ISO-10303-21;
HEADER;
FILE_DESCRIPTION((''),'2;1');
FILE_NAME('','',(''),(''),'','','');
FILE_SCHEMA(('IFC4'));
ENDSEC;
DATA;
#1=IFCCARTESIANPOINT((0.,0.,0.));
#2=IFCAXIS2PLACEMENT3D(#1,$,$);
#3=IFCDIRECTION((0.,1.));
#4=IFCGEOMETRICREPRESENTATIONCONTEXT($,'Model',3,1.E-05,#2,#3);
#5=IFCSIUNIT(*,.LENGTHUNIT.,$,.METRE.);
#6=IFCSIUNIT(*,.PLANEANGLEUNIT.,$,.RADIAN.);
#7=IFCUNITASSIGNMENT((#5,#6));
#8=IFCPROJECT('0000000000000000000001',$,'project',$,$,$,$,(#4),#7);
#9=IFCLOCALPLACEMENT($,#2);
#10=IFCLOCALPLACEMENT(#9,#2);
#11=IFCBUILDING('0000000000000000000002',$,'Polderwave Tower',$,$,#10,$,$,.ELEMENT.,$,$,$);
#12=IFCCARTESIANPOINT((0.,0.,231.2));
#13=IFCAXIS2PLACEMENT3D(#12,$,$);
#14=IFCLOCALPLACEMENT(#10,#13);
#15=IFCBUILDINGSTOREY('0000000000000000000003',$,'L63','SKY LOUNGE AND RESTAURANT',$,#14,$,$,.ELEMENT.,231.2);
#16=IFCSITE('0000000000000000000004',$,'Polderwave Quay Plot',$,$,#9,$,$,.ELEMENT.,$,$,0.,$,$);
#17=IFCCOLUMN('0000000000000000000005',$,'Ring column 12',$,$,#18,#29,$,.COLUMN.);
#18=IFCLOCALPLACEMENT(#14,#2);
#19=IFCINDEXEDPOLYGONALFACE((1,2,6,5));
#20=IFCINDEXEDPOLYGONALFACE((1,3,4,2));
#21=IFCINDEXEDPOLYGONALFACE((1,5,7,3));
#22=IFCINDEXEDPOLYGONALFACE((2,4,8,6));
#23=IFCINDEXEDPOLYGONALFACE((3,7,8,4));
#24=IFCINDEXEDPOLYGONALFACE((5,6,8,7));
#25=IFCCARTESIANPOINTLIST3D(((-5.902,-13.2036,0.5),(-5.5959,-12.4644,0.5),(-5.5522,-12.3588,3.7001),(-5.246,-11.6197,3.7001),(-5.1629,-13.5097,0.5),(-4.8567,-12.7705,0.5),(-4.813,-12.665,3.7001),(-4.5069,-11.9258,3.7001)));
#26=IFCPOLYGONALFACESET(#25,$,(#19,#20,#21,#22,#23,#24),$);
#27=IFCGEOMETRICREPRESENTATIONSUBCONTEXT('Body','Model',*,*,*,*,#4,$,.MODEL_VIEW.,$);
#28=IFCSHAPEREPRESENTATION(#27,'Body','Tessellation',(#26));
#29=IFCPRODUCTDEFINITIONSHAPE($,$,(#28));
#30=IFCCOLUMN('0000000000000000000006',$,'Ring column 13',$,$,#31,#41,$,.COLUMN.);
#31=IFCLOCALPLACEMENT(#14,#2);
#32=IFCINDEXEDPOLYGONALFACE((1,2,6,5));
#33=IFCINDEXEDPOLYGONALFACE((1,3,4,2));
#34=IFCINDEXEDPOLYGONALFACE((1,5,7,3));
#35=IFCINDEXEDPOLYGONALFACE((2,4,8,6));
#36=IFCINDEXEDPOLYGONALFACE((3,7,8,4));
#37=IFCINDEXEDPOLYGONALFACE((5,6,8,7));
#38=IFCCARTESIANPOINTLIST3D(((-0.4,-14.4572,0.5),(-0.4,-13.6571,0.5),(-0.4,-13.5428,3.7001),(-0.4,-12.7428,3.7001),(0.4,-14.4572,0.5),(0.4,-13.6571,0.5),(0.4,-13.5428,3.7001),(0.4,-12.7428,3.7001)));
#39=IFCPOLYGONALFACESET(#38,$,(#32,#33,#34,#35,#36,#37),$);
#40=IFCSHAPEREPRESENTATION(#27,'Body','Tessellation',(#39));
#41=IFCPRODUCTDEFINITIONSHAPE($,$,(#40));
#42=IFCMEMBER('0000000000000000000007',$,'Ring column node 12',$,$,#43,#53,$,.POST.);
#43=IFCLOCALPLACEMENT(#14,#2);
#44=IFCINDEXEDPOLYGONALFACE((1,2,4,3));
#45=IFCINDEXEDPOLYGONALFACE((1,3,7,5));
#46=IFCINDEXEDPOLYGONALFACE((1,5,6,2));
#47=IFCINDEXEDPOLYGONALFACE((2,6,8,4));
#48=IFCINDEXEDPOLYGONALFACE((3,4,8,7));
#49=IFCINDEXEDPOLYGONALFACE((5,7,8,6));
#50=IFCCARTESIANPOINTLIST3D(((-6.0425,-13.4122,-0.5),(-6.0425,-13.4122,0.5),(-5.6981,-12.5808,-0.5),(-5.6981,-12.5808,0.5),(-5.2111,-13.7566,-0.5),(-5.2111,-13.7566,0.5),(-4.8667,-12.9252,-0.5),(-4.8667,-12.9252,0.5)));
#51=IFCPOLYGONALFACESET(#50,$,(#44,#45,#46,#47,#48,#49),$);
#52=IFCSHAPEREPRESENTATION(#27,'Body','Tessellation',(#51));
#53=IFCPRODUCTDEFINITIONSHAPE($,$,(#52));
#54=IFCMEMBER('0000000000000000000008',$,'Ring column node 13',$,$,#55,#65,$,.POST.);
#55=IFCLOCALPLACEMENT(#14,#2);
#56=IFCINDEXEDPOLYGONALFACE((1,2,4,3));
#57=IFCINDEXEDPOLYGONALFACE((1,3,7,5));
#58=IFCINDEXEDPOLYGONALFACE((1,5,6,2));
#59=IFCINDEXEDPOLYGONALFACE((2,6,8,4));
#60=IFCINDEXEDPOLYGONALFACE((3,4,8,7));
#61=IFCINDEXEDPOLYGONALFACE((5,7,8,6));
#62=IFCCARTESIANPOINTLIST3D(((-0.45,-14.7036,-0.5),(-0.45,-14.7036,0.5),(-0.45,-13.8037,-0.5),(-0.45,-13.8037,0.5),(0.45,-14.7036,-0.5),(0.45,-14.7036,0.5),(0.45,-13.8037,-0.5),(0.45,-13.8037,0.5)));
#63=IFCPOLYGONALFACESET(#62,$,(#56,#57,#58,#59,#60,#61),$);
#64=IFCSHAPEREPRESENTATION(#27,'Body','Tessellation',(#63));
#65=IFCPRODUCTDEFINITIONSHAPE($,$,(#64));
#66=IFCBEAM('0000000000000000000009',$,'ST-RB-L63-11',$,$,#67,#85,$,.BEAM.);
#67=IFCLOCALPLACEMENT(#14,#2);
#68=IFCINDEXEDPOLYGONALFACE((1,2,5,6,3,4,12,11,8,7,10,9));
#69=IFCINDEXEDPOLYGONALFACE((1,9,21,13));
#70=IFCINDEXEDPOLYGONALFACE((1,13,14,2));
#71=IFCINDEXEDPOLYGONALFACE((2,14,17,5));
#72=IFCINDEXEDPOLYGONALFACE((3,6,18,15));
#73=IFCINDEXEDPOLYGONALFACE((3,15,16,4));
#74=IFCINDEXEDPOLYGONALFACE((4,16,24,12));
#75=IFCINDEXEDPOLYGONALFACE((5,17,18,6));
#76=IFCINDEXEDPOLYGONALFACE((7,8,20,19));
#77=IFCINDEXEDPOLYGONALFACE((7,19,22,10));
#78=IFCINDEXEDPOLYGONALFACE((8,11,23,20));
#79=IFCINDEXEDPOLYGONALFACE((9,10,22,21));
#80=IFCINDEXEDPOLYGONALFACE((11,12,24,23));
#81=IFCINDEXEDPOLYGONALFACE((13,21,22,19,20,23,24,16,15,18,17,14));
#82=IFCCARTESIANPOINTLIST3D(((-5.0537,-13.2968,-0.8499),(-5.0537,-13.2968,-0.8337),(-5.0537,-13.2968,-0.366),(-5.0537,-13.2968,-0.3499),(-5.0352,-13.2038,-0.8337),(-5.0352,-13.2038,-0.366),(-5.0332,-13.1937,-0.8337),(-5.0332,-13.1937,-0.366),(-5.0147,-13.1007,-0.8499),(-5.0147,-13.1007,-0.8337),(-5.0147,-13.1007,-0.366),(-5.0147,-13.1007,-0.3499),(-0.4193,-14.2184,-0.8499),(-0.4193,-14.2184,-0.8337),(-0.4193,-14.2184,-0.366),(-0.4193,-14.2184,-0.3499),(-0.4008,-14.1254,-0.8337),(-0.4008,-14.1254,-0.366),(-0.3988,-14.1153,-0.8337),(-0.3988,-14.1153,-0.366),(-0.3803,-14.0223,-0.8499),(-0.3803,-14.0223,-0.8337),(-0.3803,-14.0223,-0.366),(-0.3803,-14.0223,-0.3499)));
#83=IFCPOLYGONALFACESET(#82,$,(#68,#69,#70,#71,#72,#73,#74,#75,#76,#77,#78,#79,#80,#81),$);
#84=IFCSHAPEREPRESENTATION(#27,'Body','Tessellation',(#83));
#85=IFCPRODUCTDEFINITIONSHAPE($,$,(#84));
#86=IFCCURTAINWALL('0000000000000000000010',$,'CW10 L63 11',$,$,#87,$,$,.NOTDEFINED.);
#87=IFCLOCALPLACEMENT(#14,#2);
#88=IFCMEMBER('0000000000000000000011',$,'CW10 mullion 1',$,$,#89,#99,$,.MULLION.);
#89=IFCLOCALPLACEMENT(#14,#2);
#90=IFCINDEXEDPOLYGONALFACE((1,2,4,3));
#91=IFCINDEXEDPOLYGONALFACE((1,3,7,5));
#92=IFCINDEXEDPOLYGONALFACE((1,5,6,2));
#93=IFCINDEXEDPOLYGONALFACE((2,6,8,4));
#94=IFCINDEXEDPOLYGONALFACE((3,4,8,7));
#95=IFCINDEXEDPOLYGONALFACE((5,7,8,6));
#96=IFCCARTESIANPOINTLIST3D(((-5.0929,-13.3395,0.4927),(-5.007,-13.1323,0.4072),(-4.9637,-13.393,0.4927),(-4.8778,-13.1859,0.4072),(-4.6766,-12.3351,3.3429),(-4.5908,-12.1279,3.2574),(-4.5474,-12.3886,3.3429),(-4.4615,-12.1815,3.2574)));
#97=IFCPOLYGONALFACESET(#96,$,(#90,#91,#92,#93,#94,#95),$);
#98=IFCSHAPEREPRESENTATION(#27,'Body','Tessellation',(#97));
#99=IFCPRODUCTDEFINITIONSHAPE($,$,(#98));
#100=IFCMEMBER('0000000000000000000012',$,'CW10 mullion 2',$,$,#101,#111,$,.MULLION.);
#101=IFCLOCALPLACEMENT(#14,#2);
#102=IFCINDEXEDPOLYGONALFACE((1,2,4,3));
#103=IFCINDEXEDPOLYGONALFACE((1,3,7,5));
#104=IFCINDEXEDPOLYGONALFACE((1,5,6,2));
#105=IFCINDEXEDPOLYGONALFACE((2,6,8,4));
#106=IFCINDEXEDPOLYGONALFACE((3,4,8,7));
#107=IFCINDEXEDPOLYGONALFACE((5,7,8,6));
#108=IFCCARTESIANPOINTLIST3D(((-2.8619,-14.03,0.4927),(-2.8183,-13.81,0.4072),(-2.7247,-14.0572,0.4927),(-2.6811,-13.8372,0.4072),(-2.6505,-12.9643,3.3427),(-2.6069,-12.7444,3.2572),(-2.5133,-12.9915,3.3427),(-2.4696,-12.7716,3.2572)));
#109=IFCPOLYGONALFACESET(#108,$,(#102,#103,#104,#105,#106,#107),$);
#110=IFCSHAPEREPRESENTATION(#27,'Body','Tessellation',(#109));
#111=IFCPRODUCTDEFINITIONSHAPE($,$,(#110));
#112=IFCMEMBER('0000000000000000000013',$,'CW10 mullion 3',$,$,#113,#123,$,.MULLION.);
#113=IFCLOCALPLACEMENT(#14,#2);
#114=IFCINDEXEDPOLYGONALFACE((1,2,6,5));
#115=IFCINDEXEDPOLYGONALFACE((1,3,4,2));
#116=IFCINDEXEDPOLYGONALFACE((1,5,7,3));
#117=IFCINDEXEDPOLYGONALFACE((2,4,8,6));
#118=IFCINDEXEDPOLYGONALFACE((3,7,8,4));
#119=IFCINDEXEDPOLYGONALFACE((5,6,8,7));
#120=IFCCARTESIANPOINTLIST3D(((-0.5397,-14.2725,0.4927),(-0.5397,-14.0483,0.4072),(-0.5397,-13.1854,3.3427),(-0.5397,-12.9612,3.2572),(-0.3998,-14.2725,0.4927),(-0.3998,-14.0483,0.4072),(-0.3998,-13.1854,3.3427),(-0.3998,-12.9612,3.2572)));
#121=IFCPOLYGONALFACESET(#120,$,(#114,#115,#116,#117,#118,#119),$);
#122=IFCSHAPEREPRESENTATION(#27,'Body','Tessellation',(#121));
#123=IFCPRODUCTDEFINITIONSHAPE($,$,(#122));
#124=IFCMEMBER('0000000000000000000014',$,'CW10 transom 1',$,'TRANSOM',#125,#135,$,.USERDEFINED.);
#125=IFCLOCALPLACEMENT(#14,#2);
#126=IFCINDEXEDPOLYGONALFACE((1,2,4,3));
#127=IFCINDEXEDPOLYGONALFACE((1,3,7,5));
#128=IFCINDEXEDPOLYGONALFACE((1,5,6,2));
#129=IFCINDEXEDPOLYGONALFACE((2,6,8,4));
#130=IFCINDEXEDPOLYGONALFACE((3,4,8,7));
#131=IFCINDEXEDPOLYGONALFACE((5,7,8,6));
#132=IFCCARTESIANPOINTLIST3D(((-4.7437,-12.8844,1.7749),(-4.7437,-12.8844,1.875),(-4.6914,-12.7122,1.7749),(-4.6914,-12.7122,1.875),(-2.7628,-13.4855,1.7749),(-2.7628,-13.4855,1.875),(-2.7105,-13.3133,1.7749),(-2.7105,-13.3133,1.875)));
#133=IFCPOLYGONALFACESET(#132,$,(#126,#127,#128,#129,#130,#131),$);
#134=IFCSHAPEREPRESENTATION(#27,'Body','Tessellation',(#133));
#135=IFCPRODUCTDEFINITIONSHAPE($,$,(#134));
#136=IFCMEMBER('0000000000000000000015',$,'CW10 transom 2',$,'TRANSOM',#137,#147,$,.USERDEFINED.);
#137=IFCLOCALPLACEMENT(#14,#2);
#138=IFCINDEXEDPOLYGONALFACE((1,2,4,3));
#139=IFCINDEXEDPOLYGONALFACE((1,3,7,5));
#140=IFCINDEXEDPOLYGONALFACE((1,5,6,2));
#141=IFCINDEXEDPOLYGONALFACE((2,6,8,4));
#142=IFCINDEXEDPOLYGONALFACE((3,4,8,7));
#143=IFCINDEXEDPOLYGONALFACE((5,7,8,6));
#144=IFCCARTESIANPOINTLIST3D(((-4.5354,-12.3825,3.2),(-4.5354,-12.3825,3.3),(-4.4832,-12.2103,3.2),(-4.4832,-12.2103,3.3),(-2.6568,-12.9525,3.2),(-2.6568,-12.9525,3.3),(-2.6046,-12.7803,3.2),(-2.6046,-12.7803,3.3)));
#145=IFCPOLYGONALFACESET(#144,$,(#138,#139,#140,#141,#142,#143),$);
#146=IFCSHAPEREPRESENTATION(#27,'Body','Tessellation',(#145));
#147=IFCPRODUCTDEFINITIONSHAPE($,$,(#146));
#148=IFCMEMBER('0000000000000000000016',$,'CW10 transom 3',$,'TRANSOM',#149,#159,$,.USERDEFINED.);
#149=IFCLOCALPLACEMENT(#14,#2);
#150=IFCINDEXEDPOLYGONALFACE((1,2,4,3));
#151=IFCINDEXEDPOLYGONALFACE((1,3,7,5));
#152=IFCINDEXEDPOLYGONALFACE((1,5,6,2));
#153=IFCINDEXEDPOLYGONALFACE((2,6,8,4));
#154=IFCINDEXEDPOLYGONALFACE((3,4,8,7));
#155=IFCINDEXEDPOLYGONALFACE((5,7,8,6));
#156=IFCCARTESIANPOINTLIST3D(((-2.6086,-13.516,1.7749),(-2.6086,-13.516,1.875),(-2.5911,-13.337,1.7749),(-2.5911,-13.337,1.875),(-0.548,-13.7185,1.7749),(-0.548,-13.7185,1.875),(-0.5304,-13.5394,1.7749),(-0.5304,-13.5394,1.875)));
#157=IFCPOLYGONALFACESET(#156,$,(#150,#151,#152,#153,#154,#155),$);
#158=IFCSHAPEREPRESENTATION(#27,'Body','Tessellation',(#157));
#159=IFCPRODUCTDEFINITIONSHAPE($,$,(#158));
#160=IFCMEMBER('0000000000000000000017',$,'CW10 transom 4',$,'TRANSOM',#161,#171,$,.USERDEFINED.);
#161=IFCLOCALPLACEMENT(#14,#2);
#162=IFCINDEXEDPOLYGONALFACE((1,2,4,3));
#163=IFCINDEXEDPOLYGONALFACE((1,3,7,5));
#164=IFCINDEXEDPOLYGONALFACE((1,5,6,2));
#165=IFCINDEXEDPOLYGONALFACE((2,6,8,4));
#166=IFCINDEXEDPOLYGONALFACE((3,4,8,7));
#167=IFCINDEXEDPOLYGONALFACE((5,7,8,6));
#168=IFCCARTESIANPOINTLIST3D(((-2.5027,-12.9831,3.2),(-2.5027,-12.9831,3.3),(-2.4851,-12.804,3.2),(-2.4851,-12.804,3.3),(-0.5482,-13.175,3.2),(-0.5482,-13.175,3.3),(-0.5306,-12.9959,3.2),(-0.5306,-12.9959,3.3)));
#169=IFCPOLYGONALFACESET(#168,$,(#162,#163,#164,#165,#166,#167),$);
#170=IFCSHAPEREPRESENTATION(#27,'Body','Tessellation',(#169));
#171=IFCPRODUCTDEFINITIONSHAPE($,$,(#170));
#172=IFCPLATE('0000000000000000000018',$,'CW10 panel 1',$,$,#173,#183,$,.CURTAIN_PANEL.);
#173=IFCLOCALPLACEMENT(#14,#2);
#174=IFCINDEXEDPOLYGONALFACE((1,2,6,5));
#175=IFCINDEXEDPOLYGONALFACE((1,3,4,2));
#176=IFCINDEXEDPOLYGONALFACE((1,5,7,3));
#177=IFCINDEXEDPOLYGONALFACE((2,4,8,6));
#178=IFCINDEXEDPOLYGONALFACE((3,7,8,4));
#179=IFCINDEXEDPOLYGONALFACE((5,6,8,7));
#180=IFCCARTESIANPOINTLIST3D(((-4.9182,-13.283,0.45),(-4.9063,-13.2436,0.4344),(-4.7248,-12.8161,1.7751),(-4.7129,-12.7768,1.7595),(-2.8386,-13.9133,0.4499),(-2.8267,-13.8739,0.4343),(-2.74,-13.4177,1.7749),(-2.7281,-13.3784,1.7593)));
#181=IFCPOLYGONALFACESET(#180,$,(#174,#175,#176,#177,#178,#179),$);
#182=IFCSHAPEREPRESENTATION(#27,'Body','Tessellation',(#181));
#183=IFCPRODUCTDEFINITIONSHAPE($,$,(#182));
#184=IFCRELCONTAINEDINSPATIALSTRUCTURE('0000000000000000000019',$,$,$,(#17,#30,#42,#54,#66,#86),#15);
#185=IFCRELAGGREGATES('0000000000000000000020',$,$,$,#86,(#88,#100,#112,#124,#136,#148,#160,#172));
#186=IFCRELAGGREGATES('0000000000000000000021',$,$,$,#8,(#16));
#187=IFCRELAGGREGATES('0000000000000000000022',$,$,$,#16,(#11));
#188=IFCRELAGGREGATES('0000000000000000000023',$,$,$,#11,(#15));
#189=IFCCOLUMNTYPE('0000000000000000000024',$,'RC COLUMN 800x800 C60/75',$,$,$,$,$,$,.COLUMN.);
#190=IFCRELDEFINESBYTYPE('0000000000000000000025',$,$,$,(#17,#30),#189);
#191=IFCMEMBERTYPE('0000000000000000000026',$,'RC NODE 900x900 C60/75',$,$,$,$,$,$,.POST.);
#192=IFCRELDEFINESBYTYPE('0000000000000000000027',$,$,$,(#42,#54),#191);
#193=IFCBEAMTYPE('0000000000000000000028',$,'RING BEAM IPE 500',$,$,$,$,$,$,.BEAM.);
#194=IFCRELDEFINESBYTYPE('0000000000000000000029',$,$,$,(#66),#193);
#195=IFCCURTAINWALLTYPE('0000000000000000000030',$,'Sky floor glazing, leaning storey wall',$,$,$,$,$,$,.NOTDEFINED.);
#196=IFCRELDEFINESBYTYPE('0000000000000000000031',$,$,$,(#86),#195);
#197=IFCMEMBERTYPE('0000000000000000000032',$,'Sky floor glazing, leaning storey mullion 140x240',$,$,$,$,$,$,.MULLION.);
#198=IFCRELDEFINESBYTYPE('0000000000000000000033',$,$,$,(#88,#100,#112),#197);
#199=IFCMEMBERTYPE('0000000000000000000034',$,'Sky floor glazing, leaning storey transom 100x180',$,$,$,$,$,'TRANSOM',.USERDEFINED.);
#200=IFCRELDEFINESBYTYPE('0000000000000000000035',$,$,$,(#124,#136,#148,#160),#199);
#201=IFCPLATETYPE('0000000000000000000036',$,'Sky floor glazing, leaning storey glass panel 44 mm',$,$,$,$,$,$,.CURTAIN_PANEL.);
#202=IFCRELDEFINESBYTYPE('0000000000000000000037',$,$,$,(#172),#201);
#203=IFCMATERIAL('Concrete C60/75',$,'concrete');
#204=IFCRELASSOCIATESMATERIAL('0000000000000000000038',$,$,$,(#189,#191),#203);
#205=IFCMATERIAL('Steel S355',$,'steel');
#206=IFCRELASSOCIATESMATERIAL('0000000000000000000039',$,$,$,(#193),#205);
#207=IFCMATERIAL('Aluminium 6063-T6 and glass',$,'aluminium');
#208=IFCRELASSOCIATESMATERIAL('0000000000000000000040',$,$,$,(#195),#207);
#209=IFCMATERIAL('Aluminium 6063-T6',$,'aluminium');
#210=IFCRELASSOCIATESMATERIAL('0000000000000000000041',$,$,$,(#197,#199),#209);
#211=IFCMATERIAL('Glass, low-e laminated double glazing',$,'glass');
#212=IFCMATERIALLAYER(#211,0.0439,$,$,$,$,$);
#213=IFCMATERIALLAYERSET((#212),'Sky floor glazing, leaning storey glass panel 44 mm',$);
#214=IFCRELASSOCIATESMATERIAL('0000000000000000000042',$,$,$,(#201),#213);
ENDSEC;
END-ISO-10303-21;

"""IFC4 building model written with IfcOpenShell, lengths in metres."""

from ifc_helpers import new_model, si_unit, direction, frame, origin, origin_2d, place, context, subcontext, project, spatial, polyline, rectangle, i_section, outline, extrude, material, layer, layer_set, material_profile, profile_set, type_object, element, aggregate, save


model = new_model("IFC4")

# Units and contexts
model_context = context("Model", 3, precision=1e-05, world=origin(), true_north=direction((0.0, 1.0)))
body_context = subcontext(model_context, "Body", "Model", "MODEL_VIEW")
ifc_project = project(units=[si_unit("LENGTHUNIT", "METRE"), si_unit("PLANEANGLEUNIT", "RADIAN")], contexts=[model_context])

# Site, building, storey
site_placement = place(None, origin())
site = spatial("IfcSite", under=ifc_project, at=site_placement, Name="Polderwave Quay Plot", CompositionType="ELEMENT", RefElevation=0.0)
building_placement = place(site_placement, origin())
building = spatial("IfcBuilding", under=site, at=building_placement, Name="Polderwave Tower", CompositionType="ELEMENT")
storey_placement = place(building_placement, frame((0.0, 0.0, 231.2)))
storey = spatial("IfcBuildingStorey", under=building, at=storey_placement, Name="L63", Description="SKY LOUNGE AND RESTAURANT", CompositionType="ELEMENT", Elevation=231.2)

# Columns
ifc_material_1 = material(Name="Concrete C60/75", Category="concrete")
ifc_material_profile_1 = material_profile(ifc_material_1, rectangle(XDim=0.8, YDim=0.8, at=origin_2d()), Name="RC 800x800")
ifc_profile_set_1 = profile_set([ifc_material_profile_1], Name="Concrete C60/75")
column_type = type_object("IfcColumnType", Name="RC COLUMN 800x800 C60/75", PredefinedType="COLUMN", material=ifc_profile_set_1)
column_1_placement = place(storey_placement, frame((-5.3794, -12.9871, 0.5), z_axis=(0.0, 0.0, 1.0), x_axis=(-0.923896, 0.382643, 0.0)))
element("IfcColumn", 1, at=column_1_placement, inside=storey, type_object=column_type, Name="Ring column 12", PredefinedType="COLUMN", context=body_context, shape_type="SweptSolid", body=[
    extrude(rectangle(XDim=0.8, YDim=0.8, at=origin_2d()), origin(), (0.0, -0.274731, 0.961521), 3.3281),
])
column_2_placement = place(storey_placement, frame((0.0, -14.0571, 0.5), z_axis=(0.0, 0.0, 1.0), x_axis=(-1.0, 0.0, 0.0)))
element("IfcColumn", 2, at=column_2_placement, inside=storey, type_object=column_type, Name="Ring column 13", PredefinedType="COLUMN", context=body_context, shape_type="SweptSolid", body=[
    extrude(rectangle(XDim=0.8, YDim=0.8, at=origin_2d()), origin(), (0.0, -0.274731, 0.961521), 3.3281),
])

# Members
ifc_material_profile_2 = material_profile(ifc_material_1, rectangle(XDim=0.8999, YDim=0.8999, at=origin_2d()), Name="RC 900x900")
ifc_profile_set_2 = profile_set([ifc_material_profile_2], Name="Concrete C60/75")
member_type_1 = type_object("IfcMemberType", Name="RC NODE 900x900 C60/75", PredefinedType="POST", material=ifc_profile_set_2)
for number, where, z_axis, x_axis, name in (
    (3, (-5.4546, -13.1687, -0.5), (0.0, 0.0, 1.0), (-0.382683, -0.92388, 0.0), "Ring column node 12"),
    (4, (0.0, -14.2537, -0.5), (0.0, 0.0, 1.0), (0.0, -1.0, 0.0), "Ring column node 13"),
):
    element("IfcMember", number, at=place(storey_placement, frame(where, z_axis=z_axis, x_axis=x_axis)), inside=storey, type_object=member_type_1, Name=name, PredefinedType="POST", context=body_context, shape_type="SweptSolid", body=[
        extrude(rectangle(XDim=0.8999, YDim=0.8999, at=origin_2d()), origin(), (0.0, 0.0, 1.0), 1.0),
    ])

# Beam
ifc_material_2 = material(Name="Steel S355", Category="steel")
ifc_material_profile_3 = material_profile(ifc_material_2, i_section(OverallWidth=0.2, OverallDepth=0.5, WebThickness=0.0103, FlangeThickness=0.0161, at=origin_2d()), Name="IPE 500")
ifc_profile_set_3 = profile_set([ifc_material_profile_3], Name="Steel S355")
beam_type = type_object("IfcBeamType", Name="RING BEAM IPE 500", PredefinedType="BEAM", material=ifc_profile_set_3)
beam_placement = place(storey_placement, frame((-5.0342, -13.1987, -0.5999), z_axis=(0.980793, -0.195053, 0.0), x_axis=(0.195053, 0.980793, 0.0)))
element("IfcBeam", 5, at=beam_placement, inside=storey, type_object=beam_type, Name="ST-RB-L63-11", PredefinedType="BEAM", context=body_context, shape_type="SweptSolid", body=[
    extrude(i_section(OverallWidth=0.2, OverallDepth=0.5, WebThickness=0.0103, FlangeThickness=0.0161, at=origin_2d()), origin(), (0.0, 0.0, 1.0), 4.7251),
])

# Curtain wall, members, plate
ifc_material_3 = material(Name="Aluminium 6063-T6 and glass", Category="aluminium")
curtain_wall_type = type_object("IfcCurtainWallType", Name="Sky floor glazing, leaning storey wall", PredefinedType="NOTDEFINED", material=ifc_material_3)
curtain_wall_placement = place(storey_placement, origin())
curtain_wall = element("IfcCurtainWall", 6, at=curtain_wall_placement, inside=storey, type_object=curtain_wall_type, Name="CW10 L63 11", PredefinedType="NOTDEFINED")
ifc_material_4 = material(Name="Aluminium 6063-T6", Category="aluminium")
ifc_material_profile_4 = material_profile(ifc_material_4, rectangle(XDim=0.1399, YDim=0.24, at=origin_2d()), Name="AL 140x240")
ifc_profile_set_4 = profile_set([ifc_material_profile_4], Name="Aluminium 6063-T6")
member_type_2 = type_object("IfcMemberType", Name="Sky floor glazing, leaning storey mullion 140x240", PredefinedType="MULLION", material=ifc_profile_set_4)
member_1_placement = place(storey_placement, frame((-4.9854, -13.2627, 0.45), z_axis=(0.136459, 0.329263, 0.934326), x_axis=(-0.923806, 0.382861, 0.0)))
member_1 = element("IfcMember", 7, at=member_1_placement, type_object=member_type_2, Name="CW10 mullion 1", PredefinedType="MULLION", context=body_context, shape_type="SweptSolid", body=[
    extrude(rectangle(XDim=0.1399, YDim=0.24, at=origin_2d()), origin(), (0.0, 0.0, 1.0), 3.0505),
])
member_2_placement = place(storey_placement, frame((-2.7715, -13.9336, 0.45), z_axis=(0.069317, 0.349384, 0.934412), x_axis=(-0.980882, 0.194603, 0.0)))
member_2 = element("IfcMember", 8, at=member_2_placement, type_object=member_type_2, Name="CW10 mullion 2", PredefinedType="MULLION", context=body_context, shape_type="SweptSolid", body=[
    extrude(rectangle(XDim=0.1399, YDim=0.24, at=origin_2d()), origin(), (0.0, 0.0, 1.0), 3.05),
])
member_3_placement = place(storey_placement, frame((-0.4697, -14.1604, 0.45), z_axis=(0.0, 0.356398, 0.934334), x_axis=(-1.0, 0.0, 0.0)))
member_3 = element("IfcMember", 9, at=member_3_placement, type_object=member_type_2, Name="CW10 mullion 3", PredefinedType="MULLION", context=body_context, shape_type="SweptSolid", body=[
    extrude(rectangle(XDim=0.1399, YDim=0.24, at=origin_2d()), origin(), (0.0, 0.0, 1.0), 3.0503),
])
ifc_material_profile_5 = material_profile(ifc_material_4, rectangle(XDim=0.1799, YDim=0.1001, at=origin_2d()), Name="AL 100x180")
ifc_profile_set_5 = profile_set([ifc_material_profile_5], Name="Aluminium 6063-T6")
member_type_3 = type_object("IfcMemberType", Name="Sky floor glazing, leaning storey transom 100x180", ElementType="TRANSOM", PredefinedType="USERDEFINED", material=ifc_profile_set_5)
member_4_placement = place(storey_placement, frame((-4.7175, -12.7983, 1.825), z_axis=(0.956919, -0.290354, 0.0), x_axis=(0.290354, 0.956919, 0.0)))
member_4 = element("IfcMember", 10, at=member_4_placement, type_object=member_type_3, Name="CW10 transom 1", ObjectType="TRANSOM", PredefinedType="USERDEFINED", context=body_context, shape_type="SweptSolid", body=[
    extrude(rectangle(XDim=0.1799, YDim=0.1001, at=origin_2d()), origin(), (0.0, 0.0, 1.0), 2.0701),
])
member_5_placement = place(storey_placement, frame((-4.5093, -12.2964, 3.25), z_axis=(0.956915, -0.29037, 0.0), x_axis=(0.29037, 0.956915, 0.0)))
member_5 = element("IfcMember", 11, at=member_5_placement, type_object=member_type_3, Name="CW10 transom 2", ObjectType="TRANSOM", PredefinedType="USERDEFINED", context=body_context, shape_type="SweptSolid", body=[
    extrude(rectangle(XDim=0.1799, YDim=0.1001, at=origin_2d()), origin(), (0.0, 0.0, 1.0), 1.9631),
])
member_6_placement = place(storey_placement, frame((-2.5999, -13.4265, 1.825), z_axis=(0.995211, -0.097752, 0.0), x_axis=(0.097752, 0.995211, 0.0)))
member_6 = element("IfcMember", 12, at=member_6_placement, type_object=member_type_3, Name="CW10 transom 3", ObjectType="TRANSOM", PredefinedType="USERDEFINED", context=body_context, shape_type="SweptSolid", body=[
    extrude(rectangle(XDim=0.1799, YDim=0.1001, at=origin_2d()), origin(), (0.0, 0.0, 1.0), 2.0706),
])
member_7_placement = place(storey_placement, frame((-2.4939, -12.8936, 3.25), z_axis=(0.995215, -0.097707, 0.0), x_axis=(0.097707, 0.995215, 0.0)))
member_7 = element("IfcMember", 13, at=member_7_placement, type_object=member_type_3, Name="CW10 transom 4", ObjectType="TRANSOM", PredefinedType="USERDEFINED", context=body_context, shape_type="SweptSolid", body=[
    extrude(rectangle(XDim=0.1799, YDim=0.1001, at=origin_2d()), origin(), (0.0, 0.0, 1.0), 1.9639),
])
ifc_material_5 = material(Name="Glass, low-e laminated double glazing", Category="glass")
ifc_layer_1 = layer(ifc_material_5, 0.0439)
ifc_layer_set_1 = layer_set([ifc_layer_1], Name="Sky floor glazing, leaning storey glass panel 44 mm")
plate_type = type_object("IfcPlateType", Name="Sky floor glazing, leaning storey glass panel 44 mm", PredefinedType="CURTAIN_PANEL", material=ifc_layer_set_1)
plate_1_placement = place(storey_placement, frame((-4.9182, -13.283, 0.45), z_axis=(-0.271177, -0.894749, 0.354807), x_axis=(0.957011, -0.290052, -0.000014)))
plate_1 = element("IfcPlate", 14, at=plate_1_placement, type_object=plate_type, Name="CW10 panel 1", PredefinedType="CURTAIN_PANEL", context=body_context, shape_type="SweptSolid", body=[
    extrude(outline(polyline([(0.0, 0.0), (2.173, 0.0), (2.1237, 1.4172), (0.0496, 1.4174), (0.0, 0.0)])), origin(), (0.0, 0.0, -1.0), 0.0439),
])
aggregate(curtain_wall, [member_1, member_2, member_3, member_4, member_5, member_6, member_7, plate_1])

save(model, "model.ifc")
